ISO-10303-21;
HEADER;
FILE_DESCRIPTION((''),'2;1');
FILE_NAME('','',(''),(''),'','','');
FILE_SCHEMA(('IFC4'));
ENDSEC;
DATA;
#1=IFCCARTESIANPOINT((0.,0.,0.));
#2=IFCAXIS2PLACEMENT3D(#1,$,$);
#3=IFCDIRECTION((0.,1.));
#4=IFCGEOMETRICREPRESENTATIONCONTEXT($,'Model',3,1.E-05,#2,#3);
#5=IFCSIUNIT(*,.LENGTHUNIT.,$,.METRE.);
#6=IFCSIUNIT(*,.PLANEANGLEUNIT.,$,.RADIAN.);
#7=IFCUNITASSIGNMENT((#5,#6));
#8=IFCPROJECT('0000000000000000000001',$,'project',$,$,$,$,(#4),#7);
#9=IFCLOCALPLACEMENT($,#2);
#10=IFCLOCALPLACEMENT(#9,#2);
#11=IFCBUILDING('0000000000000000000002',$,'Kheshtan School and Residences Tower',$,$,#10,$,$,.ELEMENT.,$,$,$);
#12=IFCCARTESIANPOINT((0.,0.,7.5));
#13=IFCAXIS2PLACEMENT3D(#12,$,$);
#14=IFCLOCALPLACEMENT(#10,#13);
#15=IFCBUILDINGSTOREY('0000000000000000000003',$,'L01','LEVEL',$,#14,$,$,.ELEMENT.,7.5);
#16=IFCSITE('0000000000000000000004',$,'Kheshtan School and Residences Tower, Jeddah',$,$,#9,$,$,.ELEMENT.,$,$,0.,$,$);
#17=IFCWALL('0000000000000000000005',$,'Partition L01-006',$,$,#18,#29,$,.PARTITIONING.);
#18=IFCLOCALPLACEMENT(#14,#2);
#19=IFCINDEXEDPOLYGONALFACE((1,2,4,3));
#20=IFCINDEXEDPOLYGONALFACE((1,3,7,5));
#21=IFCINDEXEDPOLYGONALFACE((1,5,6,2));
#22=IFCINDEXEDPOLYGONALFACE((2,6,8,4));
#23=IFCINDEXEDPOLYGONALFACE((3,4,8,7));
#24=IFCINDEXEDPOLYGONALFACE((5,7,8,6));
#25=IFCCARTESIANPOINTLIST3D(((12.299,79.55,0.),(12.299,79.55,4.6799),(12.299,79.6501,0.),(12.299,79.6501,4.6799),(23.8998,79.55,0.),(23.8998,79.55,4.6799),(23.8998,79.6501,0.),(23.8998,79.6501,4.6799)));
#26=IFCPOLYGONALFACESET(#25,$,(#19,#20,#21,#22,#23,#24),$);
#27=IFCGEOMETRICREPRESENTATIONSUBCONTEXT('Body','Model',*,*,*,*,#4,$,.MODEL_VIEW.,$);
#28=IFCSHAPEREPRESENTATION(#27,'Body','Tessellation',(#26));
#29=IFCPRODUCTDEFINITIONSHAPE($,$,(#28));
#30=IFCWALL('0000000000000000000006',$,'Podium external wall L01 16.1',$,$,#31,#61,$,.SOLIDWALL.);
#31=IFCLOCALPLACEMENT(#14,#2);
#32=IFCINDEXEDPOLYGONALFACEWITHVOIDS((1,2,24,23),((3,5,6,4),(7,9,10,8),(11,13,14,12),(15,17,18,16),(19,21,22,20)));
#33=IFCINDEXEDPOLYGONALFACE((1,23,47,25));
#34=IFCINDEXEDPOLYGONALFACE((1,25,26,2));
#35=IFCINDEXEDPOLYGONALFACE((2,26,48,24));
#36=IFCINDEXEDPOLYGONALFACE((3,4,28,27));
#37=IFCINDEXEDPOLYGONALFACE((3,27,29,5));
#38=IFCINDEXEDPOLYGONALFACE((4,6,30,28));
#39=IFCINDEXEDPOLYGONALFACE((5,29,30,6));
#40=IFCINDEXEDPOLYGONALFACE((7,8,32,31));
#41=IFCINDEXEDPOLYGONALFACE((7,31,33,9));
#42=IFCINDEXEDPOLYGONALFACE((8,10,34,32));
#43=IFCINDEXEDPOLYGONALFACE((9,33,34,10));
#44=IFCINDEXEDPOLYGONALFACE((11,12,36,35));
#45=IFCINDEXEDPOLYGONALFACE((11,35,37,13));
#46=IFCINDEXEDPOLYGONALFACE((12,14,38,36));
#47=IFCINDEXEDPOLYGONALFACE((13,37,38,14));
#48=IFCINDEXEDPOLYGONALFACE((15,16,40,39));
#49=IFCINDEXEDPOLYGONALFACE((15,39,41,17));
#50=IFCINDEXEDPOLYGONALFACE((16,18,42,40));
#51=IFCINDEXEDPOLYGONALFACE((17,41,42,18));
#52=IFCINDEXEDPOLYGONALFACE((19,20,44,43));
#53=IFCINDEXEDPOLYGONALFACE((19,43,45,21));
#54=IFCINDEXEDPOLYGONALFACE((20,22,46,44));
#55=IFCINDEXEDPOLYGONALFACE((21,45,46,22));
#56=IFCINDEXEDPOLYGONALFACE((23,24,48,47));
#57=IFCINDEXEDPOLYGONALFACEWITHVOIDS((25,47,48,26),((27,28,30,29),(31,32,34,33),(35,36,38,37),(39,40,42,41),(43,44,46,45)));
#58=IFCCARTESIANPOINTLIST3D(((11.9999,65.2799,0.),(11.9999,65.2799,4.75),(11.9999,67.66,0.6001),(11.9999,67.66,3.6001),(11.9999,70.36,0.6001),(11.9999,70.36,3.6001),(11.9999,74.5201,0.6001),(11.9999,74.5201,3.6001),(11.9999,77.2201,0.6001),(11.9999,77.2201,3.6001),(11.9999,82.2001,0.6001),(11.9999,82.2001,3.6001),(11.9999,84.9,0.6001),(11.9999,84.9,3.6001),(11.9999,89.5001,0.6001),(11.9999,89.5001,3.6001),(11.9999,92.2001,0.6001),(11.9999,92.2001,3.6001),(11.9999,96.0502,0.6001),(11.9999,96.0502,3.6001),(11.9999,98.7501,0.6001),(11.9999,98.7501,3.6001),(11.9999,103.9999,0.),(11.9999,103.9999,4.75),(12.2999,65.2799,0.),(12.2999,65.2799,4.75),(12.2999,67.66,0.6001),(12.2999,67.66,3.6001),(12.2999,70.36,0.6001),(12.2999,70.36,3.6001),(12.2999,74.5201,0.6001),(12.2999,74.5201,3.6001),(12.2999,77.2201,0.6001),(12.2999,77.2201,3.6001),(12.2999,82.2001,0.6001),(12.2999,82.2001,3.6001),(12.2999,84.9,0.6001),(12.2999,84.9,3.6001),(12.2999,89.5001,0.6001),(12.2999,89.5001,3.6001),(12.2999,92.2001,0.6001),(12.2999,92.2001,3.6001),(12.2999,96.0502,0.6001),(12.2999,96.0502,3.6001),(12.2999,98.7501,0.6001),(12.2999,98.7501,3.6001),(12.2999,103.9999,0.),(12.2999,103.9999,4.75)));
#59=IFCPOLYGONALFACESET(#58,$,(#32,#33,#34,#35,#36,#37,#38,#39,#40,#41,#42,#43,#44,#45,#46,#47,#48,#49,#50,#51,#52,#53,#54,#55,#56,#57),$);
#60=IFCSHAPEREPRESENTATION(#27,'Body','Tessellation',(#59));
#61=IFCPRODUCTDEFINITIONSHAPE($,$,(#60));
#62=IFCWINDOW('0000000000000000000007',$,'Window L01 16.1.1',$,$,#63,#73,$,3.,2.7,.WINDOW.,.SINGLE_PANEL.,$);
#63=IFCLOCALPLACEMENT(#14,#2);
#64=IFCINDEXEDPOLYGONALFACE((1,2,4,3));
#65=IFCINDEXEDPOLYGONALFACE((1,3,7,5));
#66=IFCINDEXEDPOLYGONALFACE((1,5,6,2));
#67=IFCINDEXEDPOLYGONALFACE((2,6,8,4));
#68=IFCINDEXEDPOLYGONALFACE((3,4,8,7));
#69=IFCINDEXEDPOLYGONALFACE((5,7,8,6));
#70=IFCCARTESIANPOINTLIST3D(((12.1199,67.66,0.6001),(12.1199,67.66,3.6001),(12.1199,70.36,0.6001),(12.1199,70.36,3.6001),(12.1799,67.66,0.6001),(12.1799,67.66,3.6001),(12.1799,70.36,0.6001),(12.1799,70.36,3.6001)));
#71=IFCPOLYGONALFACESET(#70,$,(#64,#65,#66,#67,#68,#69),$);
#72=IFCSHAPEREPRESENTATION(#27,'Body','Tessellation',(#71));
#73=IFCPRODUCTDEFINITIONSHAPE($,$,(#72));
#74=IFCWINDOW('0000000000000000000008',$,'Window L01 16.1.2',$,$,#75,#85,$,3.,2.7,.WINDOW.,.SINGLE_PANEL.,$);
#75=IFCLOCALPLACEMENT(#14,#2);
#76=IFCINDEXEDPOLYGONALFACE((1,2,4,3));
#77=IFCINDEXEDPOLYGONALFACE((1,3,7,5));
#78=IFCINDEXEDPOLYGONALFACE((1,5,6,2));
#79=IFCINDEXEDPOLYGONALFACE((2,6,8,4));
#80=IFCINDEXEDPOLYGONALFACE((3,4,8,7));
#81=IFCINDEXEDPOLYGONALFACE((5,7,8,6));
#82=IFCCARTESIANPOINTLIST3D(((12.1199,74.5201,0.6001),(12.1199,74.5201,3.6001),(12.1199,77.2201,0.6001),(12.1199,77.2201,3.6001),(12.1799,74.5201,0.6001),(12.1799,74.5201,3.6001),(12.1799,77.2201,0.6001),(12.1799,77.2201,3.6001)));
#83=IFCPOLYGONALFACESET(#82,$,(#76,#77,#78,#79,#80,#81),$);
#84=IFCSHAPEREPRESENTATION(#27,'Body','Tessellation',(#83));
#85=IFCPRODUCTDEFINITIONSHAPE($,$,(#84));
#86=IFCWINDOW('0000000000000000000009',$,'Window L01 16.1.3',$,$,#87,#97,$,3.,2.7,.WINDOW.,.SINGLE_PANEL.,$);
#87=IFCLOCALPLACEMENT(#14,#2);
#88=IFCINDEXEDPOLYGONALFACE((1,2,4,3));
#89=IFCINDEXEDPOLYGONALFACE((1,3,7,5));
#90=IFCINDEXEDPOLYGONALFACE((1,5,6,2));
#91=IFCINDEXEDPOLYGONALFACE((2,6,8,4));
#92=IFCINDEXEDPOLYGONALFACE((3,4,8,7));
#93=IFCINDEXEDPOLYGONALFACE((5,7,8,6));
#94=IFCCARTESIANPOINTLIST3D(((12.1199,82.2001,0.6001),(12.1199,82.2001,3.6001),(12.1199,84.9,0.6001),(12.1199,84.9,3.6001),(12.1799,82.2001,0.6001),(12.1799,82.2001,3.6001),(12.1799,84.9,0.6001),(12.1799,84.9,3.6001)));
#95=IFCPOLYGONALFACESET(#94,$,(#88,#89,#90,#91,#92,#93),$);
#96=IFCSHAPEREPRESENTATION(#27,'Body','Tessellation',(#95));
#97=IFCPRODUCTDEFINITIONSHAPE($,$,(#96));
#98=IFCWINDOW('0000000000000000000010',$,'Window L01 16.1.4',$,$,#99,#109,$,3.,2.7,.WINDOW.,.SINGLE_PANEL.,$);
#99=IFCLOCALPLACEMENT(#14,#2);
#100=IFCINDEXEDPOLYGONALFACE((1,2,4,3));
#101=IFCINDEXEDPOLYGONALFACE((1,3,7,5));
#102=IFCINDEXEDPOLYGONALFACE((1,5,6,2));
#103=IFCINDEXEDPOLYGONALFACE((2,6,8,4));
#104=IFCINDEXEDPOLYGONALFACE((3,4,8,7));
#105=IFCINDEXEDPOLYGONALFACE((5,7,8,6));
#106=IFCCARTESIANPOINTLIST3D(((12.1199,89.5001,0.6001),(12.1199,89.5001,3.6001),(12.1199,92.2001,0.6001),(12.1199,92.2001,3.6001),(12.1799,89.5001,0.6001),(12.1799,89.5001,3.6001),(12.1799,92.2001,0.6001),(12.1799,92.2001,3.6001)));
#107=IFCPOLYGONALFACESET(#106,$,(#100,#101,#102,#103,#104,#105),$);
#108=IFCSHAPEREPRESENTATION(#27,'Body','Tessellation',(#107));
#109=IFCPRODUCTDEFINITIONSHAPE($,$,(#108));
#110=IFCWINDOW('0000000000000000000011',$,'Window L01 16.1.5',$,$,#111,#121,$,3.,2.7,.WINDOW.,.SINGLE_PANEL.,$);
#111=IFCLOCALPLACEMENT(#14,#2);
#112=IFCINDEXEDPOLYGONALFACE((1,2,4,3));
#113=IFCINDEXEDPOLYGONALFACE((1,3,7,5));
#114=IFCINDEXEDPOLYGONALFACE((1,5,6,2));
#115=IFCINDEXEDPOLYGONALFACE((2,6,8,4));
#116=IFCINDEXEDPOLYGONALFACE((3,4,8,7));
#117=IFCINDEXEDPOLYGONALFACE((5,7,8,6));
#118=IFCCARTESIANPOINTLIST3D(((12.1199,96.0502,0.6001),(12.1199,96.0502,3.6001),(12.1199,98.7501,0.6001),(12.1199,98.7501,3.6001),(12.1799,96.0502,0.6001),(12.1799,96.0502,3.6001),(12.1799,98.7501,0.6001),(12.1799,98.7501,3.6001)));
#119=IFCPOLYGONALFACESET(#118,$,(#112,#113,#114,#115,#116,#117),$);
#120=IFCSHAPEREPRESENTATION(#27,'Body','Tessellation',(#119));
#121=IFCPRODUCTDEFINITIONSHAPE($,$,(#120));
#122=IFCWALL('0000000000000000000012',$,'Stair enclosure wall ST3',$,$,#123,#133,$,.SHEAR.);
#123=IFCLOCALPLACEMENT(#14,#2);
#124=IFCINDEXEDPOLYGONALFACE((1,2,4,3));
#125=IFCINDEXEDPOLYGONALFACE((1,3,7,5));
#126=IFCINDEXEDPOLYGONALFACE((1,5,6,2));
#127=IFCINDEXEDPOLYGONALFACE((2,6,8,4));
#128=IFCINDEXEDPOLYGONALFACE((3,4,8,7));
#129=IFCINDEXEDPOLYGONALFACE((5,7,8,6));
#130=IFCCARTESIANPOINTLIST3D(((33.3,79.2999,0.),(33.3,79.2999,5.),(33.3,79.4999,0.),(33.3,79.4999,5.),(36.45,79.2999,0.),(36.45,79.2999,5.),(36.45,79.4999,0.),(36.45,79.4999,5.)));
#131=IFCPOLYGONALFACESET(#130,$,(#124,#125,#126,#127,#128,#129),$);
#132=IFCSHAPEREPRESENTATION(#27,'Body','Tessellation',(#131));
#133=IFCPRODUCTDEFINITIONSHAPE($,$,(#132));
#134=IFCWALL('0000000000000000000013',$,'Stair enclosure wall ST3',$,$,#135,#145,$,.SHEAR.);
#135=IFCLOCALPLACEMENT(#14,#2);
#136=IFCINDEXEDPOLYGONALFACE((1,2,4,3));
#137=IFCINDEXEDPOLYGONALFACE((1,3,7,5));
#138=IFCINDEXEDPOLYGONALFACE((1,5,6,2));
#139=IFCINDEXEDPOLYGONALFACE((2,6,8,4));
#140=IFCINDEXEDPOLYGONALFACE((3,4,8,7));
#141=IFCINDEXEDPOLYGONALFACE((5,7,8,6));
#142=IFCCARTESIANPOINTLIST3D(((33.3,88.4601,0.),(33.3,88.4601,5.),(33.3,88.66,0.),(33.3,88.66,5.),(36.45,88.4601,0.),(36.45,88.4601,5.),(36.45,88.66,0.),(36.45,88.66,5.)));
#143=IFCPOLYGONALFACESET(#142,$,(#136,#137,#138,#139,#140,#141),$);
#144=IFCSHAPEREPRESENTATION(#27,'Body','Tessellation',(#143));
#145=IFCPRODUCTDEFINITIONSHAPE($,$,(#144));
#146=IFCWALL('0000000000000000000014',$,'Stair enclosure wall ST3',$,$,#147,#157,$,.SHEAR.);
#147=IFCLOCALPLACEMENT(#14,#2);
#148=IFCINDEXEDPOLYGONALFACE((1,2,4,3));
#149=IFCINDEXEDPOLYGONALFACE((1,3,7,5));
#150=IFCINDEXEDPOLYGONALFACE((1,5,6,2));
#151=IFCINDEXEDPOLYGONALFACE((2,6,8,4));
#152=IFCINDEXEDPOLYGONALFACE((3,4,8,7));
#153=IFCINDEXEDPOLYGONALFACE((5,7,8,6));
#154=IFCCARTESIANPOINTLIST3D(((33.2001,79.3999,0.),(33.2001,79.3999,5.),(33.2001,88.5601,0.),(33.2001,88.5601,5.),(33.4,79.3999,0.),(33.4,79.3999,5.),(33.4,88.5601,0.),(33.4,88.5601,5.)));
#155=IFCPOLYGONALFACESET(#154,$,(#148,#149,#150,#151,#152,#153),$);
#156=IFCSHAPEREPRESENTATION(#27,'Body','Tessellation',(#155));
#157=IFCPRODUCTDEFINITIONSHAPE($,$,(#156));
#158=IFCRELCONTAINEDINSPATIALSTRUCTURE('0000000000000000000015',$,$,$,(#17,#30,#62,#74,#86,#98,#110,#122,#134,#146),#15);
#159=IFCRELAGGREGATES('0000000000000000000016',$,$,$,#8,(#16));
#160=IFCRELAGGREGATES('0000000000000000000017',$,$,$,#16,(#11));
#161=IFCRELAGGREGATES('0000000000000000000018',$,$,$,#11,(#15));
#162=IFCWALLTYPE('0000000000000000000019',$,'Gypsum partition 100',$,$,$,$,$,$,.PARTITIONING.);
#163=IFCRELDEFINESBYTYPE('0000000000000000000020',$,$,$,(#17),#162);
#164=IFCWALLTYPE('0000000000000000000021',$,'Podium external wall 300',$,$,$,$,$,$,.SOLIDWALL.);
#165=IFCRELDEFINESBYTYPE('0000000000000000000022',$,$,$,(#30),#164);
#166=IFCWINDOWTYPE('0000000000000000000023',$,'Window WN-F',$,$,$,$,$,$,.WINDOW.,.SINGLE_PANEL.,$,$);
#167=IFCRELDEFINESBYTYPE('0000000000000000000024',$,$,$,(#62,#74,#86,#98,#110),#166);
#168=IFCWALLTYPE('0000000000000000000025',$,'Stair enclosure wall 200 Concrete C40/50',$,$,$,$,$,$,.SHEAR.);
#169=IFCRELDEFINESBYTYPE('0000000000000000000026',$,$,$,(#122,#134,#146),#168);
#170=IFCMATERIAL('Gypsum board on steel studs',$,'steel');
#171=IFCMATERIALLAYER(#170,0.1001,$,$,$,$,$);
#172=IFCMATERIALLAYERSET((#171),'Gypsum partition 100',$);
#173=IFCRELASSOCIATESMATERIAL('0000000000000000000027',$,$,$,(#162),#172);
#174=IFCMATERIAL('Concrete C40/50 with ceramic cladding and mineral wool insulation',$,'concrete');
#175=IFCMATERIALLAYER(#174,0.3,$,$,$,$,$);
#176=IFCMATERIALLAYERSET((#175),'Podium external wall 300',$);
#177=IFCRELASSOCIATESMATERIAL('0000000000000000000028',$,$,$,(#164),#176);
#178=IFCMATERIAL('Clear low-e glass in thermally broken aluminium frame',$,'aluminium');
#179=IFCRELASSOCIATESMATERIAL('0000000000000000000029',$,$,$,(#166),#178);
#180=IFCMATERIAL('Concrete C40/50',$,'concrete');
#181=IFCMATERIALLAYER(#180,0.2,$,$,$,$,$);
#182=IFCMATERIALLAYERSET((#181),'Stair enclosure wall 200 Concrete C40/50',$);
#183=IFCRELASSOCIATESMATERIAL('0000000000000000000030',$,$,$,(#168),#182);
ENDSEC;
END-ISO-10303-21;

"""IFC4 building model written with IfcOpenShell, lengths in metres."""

from ifc_helpers import new_model, si_unit, direction, frame, frame_2d, origin, place, context, subcontext, project, spatial, rectangle, extrude, source, transform, mapped, material, layer, layer_set, type_object, element, fill, save


model = new_model("IFC4")

# Units and contexts
model_context = context("Model", 3, precision=1e-05, world=origin(), true_north=direction((0.0, 1.0)))
body_context = subcontext(model_context, "Body", "Model", "MODEL_VIEW")
ifc_project = project(units=[si_unit("LENGTHUNIT", "METRE"), si_unit("PLANEANGLEUNIT", "RADIAN")], contexts=[model_context])

# Site, building, storey
site_placement = place(None, origin())
site = spatial("IfcSite", under=ifc_project, at=site_placement, Name="Kheshtan School and Residences Tower, Jeddah", CompositionType="ELEMENT", RefElevation=0.0)
building_placement = place(site_placement, origin())
building = spatial("IfcBuilding", under=site, at=building_placement, Name="Kheshtan School and Residences Tower", CompositionType="ELEMENT")
storey_placement = place(building_placement, frame((0.0, 0.0, 7.5)))
storey = spatial("IfcBuildingStorey", under=building, at=storey_placement, Name="L01", Description="LEVEL", CompositionType="ELEMENT", Elevation=7.5)

# Wall
ifc_material_1 = material(Name="Gypsum board on steel studs", Category="steel")
ifc_layer_1 = layer(ifc_material_1, 0.1001)
ifc_layer_set_1 = layer_set([ifc_layer_1], Name="Gypsum partition 100")
wall_type_1 = type_object("IfcWallType", Name="Gypsum partition 100", PredefinedType="PARTITIONING", material=ifc_layer_set_1)
wall_1_placement = place(storey_placement, frame((12.2991, 79.6001, 0.0), z_axis=(0.0, 0.0, 1.0), x_axis=(1.0, 0.0, 0.0)))
element("IfcWall", 1, at=wall_1_placement, inside=storey, type_object=wall_type_1, Name="Partition L01-006", PredefinedType="PARTITIONING", context=body_context, shape_type="SweptSolid", body=[
    extrude(rectangle(XDim=11.6008, YDim=0.1001, at=frame_2d((5.8003, 0.0))), origin(), (0.0, 0.0, 1.0), 4.6799),
])

# Wall, openings, windows
ifc_material_2 = material(Name="Concrete C40/50 with ceramic cladding and mineral wool insulation", Category="concrete")
ifc_layer_2 = layer(ifc_material_2, 0.3)
ifc_layer_set_2 = layer_set([ifc_layer_2], Name="Podium external wall 300")
wall_type_2 = type_object("IfcWallType", Name="Podium external wall 300", PredefinedType="SOLIDWALL", material=ifc_layer_set_2)
wall_2_placement = place(storey_placement, frame((12.1499, 65.28, 0.0), z_axis=(0.0, 0.0, 1.0), x_axis=(0.0, 1.0, 0.0)))
wall_2 = element("IfcWall", 2, at=wall_2_placement, inside=storey, type_object=wall_type_2, Name="Podium external wall L01 16.1", PredefinedType="SOLIDWALL", context=body_context, shape_type="SweptSolid", body=[
    extrude(rectangle(XDim=38.72, YDim=0.3, at=frame_2d((19.3599, 0.0))), origin(), (0.0, 0.0, 1.0), 4.75),
])
opening_1_placement = place(wall_2_placement, frame((2.3799, 0.0, 0.6001)))
opening_1 = element("IfcOpeningElement", 3, at=opening_1_placement, cuts=wall_2, PredefinedType="OPENING", context=body_context, shape_type="SweptSolid", body=[
    extrude(rectangle(XDim=2.7, YDim=3.0, at=frame_2d((1.3501, 1.5))), frame((0.0, 0.1602, 0.0), z_axis=(0.0, -1.0, 0.0), x_axis=(1.0, 0.0, 0.0)), (0.0, 0.0, 1.0), 0.3201),
])
opening_2_placement = place(wall_2_placement, frame((9.24, 0.0, 0.6001)))
opening_2 = element("IfcOpeningElement", 4, at=opening_2_placement, cuts=wall_2, PredefinedType="OPENING", context=body_context, shape_type="SweptSolid", body=[
    extrude(rectangle(XDim=2.7, YDim=3.0, at=frame_2d((1.3501, 1.5))), frame((0.0, 0.1602, 0.0), z_axis=(0.0, -1.0, 0.0), x_axis=(1.0, 0.0, 0.0)), (0.0, 0.0, 1.0), 0.3201),
])
opening_3_placement = place(wall_2_placement, frame((16.9199, 0.0, 0.6001)))
opening_3 = element("IfcOpeningElement", 5, at=opening_3_placement, cuts=wall_2, PredefinedType="OPENING", context=body_context, shape_type="SweptSolid", body=[
    extrude(rectangle(XDim=2.7, YDim=3.0, at=frame_2d((1.3501, 1.5))), frame((0.0, 0.1602, 0.0), z_axis=(0.0, -1.0, 0.0), x_axis=(1.0, 0.0, 0.0)), (0.0, 0.0, 1.0), 0.3201),
])
opening_4_placement = place(wall_2_placement, frame((24.22, 0.0, 0.6001)))
opening_4 = element("IfcOpeningElement", 6, at=opening_4_placement, cuts=wall_2, PredefinedType="OPENING", context=body_context, shape_type="SweptSolid", body=[
    extrude(rectangle(XDim=2.7, YDim=3.0, at=frame_2d((1.3501, 1.5))), frame((0.0, 0.1602, 0.0), z_axis=(0.0, -1.0, 0.0), x_axis=(1.0, 0.0, 0.0)), (0.0, 0.0, 1.0), 0.3201),
])
opening_5_placement = place(wall_2_placement, frame((30.77, 0.0, 0.6001)))
opening_5 = element("IfcOpeningElement", 7, at=opening_5_placement, cuts=wall_2, PredefinedType="OPENING", context=body_context, shape_type="SweptSolid", body=[
    extrude(rectangle(XDim=2.7, YDim=3.0, at=frame_2d((1.3501, 1.5))), frame((0.0, 0.1602, 0.0), z_axis=(0.0, -1.0, 0.0), x_axis=(1.0, 0.0, 0.0)), (0.0, 0.0, 1.0), 0.3201),
])
ifc_material_3 = material(Name="Clear low-e glass in thermally broken aluminium frame", Category="aluminium")
window_type = type_object("IfcWindowType", Name="Window WN-F", PartitioningType="SINGLE_PANEL", PredefinedType="WINDOW", material=ifc_material_3)
shared_shape = source(origin(), body_context, "Body", "SweptSolid", [
    extrude(rectangle(XDim=2.7, YDim=3.0, at=frame_2d((1.3501, 1.5))), frame((0.0, 0.03, 0.0), z_axis=(0.0, -1.0, 0.0), x_axis=(1.0, 0.0, 0.0)), (0.0, 0.0, 1.0), 0.0601),
])
window_1_placement = place(opening_1_placement, origin())
window_1 = element("IfcWindow", 8, at=window_1_placement, inside=storey, type_object=window_type, Name="Window L01 16.1.1", OverallHeight=3.0, OverallWidth=2.7, PartitioningType="SINGLE_PANEL", PredefinedType="WINDOW", context=body_context, shape_type="MappedRepresentation", body=[
    mapped(shared_shape, transform((0.0, 0.0, 0.0), x_axis=(1.0, 0.0, 0.0), y_axis=(0.0, 1.0, 0.0), z_axis=(0.0, 0.0, 1.0), scale=1.0)),
])
fill(opening_1, window_1)
window_2_placement = place(opening_2_placement, origin())
window_2 = element("IfcWindow", 9, at=window_2_placement, inside=storey, type_object=window_type, Name="Window L01 16.1.2", OverallHeight=3.0, OverallWidth=2.7, PartitioningType="SINGLE_PANEL", PredefinedType="WINDOW", context=body_context, shape_type="MappedRepresentation", body=[
    mapped(shared_shape, transform((0.0, 0.0, 0.0), x_axis=(1.0, 0.0, 0.0), y_axis=(0.0, 1.0, 0.0), z_axis=(0.0, 0.0, 1.0), scale=1.0)),
])
fill(opening_2, window_2)
window_3_placement = place(opening_3_placement, origin())
window_3 = element("IfcWindow", 10, at=window_3_placement, inside=storey, type_object=window_type, Name="Window L01 16.1.3", OverallHeight=3.0, OverallWidth=2.7, PartitioningType="SINGLE_PANEL", PredefinedType="WINDOW", context=body_context, shape_type="MappedRepresentation", body=[
    mapped(shared_shape, transform((0.0, 0.0, 0.0), x_axis=(1.0, 0.0, 0.0), y_axis=(0.0, 1.0, 0.0), z_axis=(0.0, 0.0, 1.0), scale=1.0)),
])
fill(opening_3, window_3)
window_4_placement = place(opening_4_placement, origin())
window_4 = element("IfcWindow", 11, at=window_4_placement, inside=storey, type_object=window_type, Name="Window L01 16.1.4", OverallHeight=3.0, OverallWidth=2.7, PartitioningType="SINGLE_PANEL", PredefinedType="WINDOW", context=body_context, shape_type="MappedRepresentation", body=[
    mapped(shared_shape, transform((0.0, 0.0, 0.0), x_axis=(1.0, 0.0, 0.0), y_axis=(0.0, 1.0, 0.0), z_axis=(0.0, 0.0, 1.0), scale=1.0)),
])
fill(opening_4, window_4)
window_5_placement = place(opening_5_placement, origin())
window_5 = element("IfcWindow", 12, at=window_5_placement, inside=storey, type_object=window_type, Name="Window L01 16.1.5", OverallHeight=3.0, OverallWidth=2.7, PartitioningType="SINGLE_PANEL", PredefinedType="WINDOW", context=body_context, shape_type="MappedRepresentation", body=[
    mapped(shared_shape, transform((0.0, 0.0, 0.0), x_axis=(1.0, 0.0, 0.0), y_axis=(0.0, 1.0, 0.0), z_axis=(0.0, 0.0, 1.0), scale=1.0)),
])
fill(opening_5, window_5)

# Walls
ifc_material_4 = material(Name="Concrete C40/50", Category="concrete")
ifc_layer_3 = layer(ifc_material_4, 0.2)
ifc_layer_set_3 = layer_set([ifc_layer_3], Name="Stair enclosure wall 200 Concrete C40/50")
wall_type_3 = type_object("IfcWallType", Name="Stair enclosure wall 200 Concrete C40/50", PredefinedType="SHEAR", material=ifc_layer_set_3)
for number, where, z_axis, x_axis, name in (
    (13, (33.3, 79.3999, 0.0), (0.0, 0.0, 1.0), (1.0, 0.0, 0.0), "Stair enclosure wall ST3"),
    (14, (33.3, 88.5601, 0.0), (0.0, 0.0, 1.0), (1.0, 0.0, 0.0), "Stair enclosure wall ST3"),
):
    element("IfcWall", number, at=place(storey_placement, frame(where, z_axis=z_axis, x_axis=x_axis)), inside=storey, type_object=wall_type_3, Name=name, PredefinedType="SHEAR", context=body_context, shape_type="SweptSolid", body=[
        extrude(rectangle(XDim=3.1499, YDim=0.2, at=frame_2d((1.575, 0.0))), origin(), (0.0, 0.0, 1.0), 5.0),
    ])
wall_3_placement = place(storey_placement, frame((33.3, 79.3999, 0.0), z_axis=(0.0, 0.0, 1.0), x_axis=(0.0, 1.0, 0.0)))
element("IfcWall", 15, at=wall_3_placement, inside=storey, type_object=wall_type_3, Name="Stair enclosure wall ST3", PredefinedType="SHEAR", context=body_context, shape_type="SweptSolid", body=[
    extrude(rectangle(XDim=9.1602, YDim=0.2, at=frame_2d((4.5801, 0.0))), origin(), (0.0, 0.0, 1.0), 5.0),
])

save(model, "model.ifc")
